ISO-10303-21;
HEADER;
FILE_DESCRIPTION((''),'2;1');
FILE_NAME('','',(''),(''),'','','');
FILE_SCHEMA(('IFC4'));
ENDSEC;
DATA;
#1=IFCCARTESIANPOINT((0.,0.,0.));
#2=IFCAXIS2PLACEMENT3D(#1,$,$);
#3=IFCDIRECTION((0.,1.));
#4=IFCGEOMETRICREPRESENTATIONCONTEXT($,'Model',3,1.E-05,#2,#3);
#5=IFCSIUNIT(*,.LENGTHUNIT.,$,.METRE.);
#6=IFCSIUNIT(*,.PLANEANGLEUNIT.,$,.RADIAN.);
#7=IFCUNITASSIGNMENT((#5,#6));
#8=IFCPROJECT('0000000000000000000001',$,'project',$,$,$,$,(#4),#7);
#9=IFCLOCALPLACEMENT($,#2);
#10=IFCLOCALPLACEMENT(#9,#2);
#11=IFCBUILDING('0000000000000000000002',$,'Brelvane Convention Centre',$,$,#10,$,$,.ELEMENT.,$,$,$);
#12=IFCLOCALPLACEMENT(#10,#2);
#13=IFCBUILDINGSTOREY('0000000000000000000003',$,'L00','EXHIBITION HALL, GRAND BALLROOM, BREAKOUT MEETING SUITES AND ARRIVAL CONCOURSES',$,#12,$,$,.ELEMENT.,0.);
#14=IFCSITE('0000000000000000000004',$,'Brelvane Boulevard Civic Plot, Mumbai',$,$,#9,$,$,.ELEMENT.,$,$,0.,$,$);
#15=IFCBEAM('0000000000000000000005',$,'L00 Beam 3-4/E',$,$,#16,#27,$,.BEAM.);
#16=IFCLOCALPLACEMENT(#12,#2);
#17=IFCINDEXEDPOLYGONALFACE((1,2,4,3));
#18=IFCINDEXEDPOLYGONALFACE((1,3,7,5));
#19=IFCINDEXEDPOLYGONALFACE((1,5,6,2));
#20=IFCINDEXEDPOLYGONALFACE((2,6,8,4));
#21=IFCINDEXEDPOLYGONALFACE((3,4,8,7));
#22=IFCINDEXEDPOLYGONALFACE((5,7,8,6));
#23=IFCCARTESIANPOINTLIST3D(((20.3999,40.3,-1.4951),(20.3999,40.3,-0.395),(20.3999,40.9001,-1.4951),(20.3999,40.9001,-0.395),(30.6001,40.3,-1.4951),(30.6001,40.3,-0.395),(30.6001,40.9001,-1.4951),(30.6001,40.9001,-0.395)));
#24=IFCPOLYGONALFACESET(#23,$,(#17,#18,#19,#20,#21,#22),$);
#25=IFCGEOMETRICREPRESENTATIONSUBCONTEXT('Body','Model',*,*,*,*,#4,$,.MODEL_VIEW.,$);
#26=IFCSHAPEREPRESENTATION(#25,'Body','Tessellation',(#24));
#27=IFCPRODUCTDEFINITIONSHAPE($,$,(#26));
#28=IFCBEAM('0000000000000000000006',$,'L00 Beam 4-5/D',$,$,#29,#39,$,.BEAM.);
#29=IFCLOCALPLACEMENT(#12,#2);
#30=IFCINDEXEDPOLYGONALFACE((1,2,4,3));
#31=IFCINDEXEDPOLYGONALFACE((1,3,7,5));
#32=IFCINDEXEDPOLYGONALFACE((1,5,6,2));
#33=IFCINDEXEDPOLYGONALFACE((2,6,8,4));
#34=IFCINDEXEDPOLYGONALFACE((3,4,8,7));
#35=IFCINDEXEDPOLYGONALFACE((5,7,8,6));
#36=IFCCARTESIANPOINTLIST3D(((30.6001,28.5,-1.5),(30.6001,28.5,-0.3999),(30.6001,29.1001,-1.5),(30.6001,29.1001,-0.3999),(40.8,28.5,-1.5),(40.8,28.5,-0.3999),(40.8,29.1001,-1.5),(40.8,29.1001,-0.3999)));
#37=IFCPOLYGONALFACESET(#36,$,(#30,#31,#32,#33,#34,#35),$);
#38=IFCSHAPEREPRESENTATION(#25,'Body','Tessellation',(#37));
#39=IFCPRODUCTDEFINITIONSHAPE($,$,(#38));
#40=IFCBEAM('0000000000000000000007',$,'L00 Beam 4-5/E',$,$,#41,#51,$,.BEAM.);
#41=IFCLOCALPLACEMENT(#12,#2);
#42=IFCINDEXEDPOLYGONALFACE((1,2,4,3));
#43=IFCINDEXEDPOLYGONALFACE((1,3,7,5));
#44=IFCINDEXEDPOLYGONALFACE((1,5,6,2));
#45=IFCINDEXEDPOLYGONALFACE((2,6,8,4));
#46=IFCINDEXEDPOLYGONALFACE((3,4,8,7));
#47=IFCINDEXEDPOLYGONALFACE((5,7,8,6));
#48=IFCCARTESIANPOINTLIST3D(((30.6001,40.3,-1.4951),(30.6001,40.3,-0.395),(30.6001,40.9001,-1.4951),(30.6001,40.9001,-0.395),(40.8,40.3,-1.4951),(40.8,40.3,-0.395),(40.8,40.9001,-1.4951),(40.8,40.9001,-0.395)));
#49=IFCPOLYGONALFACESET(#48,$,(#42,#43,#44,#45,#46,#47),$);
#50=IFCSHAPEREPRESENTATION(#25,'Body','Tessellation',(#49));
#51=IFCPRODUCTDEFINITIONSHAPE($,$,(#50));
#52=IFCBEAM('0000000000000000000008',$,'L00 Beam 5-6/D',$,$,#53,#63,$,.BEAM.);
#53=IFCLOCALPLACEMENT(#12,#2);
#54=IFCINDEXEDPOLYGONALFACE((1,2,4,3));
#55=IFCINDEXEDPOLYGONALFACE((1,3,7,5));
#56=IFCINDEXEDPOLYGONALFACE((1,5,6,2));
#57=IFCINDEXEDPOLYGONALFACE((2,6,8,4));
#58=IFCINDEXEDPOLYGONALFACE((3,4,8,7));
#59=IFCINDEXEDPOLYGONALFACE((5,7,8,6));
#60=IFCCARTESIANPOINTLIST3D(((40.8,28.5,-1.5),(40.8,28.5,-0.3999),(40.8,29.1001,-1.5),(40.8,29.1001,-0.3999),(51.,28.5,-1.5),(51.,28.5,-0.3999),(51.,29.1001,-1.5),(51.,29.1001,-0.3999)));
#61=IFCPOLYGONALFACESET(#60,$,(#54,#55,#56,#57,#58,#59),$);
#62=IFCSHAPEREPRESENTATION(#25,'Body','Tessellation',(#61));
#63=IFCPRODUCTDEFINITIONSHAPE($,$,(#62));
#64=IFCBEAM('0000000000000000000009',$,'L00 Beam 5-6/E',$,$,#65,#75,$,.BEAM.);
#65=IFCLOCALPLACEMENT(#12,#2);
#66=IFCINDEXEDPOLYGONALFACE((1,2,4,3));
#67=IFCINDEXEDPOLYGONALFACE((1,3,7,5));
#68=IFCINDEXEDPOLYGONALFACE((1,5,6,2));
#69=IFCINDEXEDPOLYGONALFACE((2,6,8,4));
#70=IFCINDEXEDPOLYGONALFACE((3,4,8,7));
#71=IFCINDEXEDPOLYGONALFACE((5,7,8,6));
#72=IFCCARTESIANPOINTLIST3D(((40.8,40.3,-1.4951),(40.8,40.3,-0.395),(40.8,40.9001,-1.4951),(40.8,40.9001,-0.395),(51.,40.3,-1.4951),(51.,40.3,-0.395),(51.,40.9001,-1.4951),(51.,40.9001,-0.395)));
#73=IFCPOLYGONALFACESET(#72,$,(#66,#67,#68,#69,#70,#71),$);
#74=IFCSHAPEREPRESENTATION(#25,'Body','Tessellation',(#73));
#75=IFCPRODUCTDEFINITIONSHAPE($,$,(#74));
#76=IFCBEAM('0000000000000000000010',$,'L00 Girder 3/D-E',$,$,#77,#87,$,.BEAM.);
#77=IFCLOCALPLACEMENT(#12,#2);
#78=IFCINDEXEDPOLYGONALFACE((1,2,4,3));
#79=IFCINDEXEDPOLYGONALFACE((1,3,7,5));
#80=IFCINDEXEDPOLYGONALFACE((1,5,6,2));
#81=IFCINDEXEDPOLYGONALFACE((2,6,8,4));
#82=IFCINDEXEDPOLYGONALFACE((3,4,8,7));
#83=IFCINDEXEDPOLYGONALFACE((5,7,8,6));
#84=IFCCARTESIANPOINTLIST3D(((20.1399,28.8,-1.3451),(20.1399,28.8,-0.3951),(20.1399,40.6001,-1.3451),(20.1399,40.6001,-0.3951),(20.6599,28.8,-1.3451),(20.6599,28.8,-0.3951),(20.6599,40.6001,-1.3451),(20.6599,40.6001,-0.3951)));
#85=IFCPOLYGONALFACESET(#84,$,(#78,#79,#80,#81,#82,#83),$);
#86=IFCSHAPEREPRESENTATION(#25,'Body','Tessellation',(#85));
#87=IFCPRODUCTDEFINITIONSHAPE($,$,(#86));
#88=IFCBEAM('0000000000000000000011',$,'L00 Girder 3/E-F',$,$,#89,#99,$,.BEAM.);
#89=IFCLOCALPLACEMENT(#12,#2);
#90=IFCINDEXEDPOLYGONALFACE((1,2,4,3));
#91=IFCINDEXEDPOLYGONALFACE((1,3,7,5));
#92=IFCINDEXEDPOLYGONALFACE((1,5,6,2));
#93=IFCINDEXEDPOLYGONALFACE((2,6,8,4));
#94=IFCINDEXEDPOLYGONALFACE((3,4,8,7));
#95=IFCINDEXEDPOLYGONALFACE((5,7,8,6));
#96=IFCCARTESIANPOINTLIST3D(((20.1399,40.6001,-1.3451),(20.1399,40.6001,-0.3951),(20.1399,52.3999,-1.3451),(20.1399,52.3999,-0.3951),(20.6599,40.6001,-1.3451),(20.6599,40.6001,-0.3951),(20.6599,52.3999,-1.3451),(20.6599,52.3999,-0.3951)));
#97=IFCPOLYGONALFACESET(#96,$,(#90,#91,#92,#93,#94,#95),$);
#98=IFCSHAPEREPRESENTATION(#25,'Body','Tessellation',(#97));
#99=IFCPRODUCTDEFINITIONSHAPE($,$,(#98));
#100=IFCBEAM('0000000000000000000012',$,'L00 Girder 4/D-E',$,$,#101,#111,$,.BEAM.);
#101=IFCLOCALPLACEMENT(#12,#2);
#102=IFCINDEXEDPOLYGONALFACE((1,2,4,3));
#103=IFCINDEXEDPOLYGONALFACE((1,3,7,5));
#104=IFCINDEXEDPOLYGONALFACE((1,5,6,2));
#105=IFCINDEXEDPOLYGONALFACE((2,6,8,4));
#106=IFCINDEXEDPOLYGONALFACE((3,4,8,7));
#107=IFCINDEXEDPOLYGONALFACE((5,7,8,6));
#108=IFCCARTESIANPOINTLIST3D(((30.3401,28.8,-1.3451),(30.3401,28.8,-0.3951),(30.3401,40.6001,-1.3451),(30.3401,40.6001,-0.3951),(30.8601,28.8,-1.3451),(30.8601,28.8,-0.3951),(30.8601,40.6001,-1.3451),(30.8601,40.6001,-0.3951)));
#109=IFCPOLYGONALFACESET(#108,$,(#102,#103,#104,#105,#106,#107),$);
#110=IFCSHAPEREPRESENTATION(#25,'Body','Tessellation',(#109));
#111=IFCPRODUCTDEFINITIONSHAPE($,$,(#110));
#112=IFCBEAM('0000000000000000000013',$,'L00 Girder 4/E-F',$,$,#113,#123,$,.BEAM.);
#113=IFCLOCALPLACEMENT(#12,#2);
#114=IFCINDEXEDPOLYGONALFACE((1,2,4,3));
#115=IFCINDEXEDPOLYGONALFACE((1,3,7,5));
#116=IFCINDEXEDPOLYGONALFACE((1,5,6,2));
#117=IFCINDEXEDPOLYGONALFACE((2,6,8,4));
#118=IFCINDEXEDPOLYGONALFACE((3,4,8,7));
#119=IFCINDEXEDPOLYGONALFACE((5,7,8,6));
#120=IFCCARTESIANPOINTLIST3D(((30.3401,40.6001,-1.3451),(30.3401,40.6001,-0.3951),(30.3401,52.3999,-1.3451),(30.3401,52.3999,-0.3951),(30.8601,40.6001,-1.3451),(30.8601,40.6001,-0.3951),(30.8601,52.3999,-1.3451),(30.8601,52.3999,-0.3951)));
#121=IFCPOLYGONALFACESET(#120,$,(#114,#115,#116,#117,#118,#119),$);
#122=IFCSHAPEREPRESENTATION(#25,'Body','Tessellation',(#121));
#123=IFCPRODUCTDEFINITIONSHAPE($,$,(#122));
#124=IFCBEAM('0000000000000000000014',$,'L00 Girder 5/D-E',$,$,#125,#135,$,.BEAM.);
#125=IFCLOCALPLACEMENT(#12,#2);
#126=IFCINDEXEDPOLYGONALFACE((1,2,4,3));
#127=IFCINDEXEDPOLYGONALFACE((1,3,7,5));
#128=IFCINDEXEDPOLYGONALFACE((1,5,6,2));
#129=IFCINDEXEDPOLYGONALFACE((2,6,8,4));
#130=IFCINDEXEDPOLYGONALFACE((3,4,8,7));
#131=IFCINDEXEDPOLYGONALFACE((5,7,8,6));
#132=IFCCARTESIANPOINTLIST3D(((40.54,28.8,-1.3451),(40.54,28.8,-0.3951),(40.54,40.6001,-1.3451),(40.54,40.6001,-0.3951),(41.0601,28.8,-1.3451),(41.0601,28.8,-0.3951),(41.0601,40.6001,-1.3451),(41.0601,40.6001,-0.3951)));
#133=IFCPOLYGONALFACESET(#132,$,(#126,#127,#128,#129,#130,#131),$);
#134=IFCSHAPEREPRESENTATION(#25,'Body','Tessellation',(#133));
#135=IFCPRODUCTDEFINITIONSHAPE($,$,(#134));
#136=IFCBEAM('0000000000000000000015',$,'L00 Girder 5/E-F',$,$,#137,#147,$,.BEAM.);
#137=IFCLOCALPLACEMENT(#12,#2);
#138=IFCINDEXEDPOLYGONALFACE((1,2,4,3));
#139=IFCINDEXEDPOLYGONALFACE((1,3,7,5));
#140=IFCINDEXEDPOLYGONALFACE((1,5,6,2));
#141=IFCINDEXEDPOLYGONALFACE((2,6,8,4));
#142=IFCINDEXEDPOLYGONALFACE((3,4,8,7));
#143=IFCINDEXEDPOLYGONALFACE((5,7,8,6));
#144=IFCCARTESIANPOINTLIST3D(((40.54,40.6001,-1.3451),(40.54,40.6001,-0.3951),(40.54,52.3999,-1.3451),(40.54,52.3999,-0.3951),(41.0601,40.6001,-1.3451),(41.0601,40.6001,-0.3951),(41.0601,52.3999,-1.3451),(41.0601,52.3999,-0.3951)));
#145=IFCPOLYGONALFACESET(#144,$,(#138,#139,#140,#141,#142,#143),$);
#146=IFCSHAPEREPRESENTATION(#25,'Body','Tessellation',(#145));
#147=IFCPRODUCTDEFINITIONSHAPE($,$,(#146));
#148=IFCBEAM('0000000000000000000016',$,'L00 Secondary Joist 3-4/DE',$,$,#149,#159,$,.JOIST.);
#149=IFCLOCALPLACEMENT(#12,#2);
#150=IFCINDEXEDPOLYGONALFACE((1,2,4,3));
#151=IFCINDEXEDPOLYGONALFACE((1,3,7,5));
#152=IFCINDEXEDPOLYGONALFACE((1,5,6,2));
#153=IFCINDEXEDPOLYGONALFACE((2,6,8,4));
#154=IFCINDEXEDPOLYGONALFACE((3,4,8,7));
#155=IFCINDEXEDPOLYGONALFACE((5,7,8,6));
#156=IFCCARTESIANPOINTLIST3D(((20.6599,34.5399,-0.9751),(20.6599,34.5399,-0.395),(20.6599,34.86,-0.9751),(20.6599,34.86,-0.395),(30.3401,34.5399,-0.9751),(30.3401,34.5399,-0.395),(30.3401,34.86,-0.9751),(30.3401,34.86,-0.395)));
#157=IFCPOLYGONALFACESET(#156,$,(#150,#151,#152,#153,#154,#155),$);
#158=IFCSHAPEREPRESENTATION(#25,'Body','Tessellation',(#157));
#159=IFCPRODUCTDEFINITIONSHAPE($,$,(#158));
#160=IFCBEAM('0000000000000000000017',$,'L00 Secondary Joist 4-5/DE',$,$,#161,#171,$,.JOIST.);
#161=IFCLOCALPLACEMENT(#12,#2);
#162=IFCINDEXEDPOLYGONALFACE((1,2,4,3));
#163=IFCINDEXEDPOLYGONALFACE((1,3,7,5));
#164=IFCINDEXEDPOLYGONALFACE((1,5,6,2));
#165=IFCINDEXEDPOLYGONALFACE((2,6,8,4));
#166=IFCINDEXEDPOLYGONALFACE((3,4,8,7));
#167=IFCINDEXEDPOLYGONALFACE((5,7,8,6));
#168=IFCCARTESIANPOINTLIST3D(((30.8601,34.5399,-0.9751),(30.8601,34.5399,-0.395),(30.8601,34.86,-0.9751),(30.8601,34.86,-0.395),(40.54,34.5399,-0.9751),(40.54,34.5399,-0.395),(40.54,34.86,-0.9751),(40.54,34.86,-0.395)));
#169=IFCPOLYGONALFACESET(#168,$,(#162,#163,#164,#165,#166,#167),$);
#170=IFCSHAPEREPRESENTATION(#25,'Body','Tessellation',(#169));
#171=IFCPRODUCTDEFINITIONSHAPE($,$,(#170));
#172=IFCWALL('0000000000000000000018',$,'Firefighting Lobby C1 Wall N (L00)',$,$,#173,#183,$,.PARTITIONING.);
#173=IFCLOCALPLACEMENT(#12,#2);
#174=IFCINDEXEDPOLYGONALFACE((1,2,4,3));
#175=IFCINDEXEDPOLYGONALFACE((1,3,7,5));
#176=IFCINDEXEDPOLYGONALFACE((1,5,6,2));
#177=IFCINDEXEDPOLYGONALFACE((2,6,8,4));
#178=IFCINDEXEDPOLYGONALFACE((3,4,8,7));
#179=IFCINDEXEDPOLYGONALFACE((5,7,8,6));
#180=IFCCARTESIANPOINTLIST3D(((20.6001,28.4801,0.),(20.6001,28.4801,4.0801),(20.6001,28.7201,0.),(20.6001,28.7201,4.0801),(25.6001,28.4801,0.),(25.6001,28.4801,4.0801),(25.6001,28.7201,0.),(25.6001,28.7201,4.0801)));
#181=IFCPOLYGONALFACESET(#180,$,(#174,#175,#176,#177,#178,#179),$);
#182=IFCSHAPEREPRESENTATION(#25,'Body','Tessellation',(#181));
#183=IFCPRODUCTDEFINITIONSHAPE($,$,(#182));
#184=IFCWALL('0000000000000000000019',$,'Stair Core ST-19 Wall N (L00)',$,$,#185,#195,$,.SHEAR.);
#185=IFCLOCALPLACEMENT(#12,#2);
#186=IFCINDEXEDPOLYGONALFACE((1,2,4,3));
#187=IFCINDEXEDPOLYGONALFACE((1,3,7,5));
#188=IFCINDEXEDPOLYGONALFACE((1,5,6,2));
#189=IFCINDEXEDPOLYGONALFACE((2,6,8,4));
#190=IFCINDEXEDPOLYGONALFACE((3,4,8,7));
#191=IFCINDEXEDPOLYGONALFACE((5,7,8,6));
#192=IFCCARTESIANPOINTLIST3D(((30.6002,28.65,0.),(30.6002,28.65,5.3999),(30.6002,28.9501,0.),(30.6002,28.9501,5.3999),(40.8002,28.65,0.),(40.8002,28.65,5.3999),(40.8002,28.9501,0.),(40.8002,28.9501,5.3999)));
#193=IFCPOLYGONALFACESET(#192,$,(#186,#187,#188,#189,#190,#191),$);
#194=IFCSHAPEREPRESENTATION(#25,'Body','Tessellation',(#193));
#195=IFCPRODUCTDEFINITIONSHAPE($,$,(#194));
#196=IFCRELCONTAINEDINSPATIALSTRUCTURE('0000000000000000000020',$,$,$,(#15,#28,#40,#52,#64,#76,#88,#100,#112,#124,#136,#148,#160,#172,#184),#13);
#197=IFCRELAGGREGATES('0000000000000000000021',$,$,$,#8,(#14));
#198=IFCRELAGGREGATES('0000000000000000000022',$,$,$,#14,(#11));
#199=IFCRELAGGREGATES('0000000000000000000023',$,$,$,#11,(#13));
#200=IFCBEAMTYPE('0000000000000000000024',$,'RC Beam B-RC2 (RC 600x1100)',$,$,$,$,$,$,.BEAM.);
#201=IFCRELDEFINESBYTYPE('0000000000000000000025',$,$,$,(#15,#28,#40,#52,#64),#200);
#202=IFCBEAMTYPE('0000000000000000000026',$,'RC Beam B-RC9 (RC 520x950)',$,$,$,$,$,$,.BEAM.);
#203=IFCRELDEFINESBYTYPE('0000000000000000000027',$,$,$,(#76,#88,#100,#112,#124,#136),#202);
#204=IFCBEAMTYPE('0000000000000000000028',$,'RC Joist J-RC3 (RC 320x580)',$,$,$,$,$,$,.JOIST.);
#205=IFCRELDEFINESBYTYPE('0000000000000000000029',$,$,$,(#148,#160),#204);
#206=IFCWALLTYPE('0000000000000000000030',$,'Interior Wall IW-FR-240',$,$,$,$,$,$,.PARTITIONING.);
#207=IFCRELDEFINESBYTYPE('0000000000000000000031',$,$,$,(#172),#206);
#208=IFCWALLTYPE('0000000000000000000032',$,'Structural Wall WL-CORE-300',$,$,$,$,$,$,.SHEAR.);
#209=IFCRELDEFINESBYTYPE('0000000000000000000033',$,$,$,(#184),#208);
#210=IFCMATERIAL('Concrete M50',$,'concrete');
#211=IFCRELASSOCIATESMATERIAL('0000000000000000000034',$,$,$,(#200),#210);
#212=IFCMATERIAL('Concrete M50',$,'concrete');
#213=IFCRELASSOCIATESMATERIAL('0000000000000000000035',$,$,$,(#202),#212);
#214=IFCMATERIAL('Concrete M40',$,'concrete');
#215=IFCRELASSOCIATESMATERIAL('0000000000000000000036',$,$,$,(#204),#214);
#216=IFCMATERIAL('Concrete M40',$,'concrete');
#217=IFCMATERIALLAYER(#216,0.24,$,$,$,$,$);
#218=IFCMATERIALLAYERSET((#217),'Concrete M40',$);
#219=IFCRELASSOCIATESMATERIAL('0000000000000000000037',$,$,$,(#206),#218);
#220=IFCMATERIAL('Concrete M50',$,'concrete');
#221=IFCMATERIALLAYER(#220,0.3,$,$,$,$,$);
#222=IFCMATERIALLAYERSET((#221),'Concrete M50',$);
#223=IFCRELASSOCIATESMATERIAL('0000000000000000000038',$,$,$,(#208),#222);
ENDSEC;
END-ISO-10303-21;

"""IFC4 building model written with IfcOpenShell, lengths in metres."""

from ifc_helpers import new_model, si_unit, direction, frame, frame_2d, origin, origin_2d, place, context, subcontext, project, spatial, rectangle, extrude, material, layer, layer_set, material_profile, profile_set, type_object, element, save


model = new_model("IFC4")

# Units and contexts
model_context = context("Model", 3, precision=1e-05, world=origin(), true_north=direction((0.0, 1.0)))
body_context = subcontext(model_context, "Body", "Model", "MODEL_VIEW")
ifc_project = project(units=[si_unit("LENGTHUNIT", "METRE"), si_unit("PLANEANGLEUNIT", "RADIAN")], contexts=[model_context])

# Site, building, storey
site_placement = place(None, origin())
site = spatial("IfcSite", under=ifc_project, at=site_placement, Name="Brelvane Boulevard Civic Plot, Mumbai", CompositionType="ELEMENT", RefElevation=0.0)
building_placement = place(site_placement, origin())
building = spatial("IfcBuilding", under=site, at=building_placement, Name="Brelvane Convention Centre", CompositionType="ELEMENT")
storey_placement = place(building_placement, origin())
storey = spatial("IfcBuildingStorey", under=building, at=storey_placement, Name="L00", Description="EXHIBITION HALL, GRAND BALLROOM, BREAKOUT MEETING SUITES AND ARRIVAL CONCOURSES", CompositionType="ELEMENT", Elevation=0.0)

# Beams
ifc_material_1 = material(Name="Concrete M50", Category="concrete")
ifc_material_profile_1 = material_profile(ifc_material_1, rectangle(XDim=0.6001, YDim=1.1001, at=origin_2d()), Name="RC 600x1100")
ifc_profile_set_1 = profile_set([ifc_material_profile_1], Name="Concrete M50")
beam_type_1 = type_object("IfcBeamType", Name="RC Beam B-RC2 (RC 600x1100)", PredefinedType="BEAM", material=ifc_profile_set_1)
for number, where, z_axis, x_axis, name in (
    (1, (20.3999, 40.6001, -0.9451), (1.0, 0.0, 0.0), (0.0, 1.0, 0.0), "L00 Beam 3-4/E"),
):
    element("IfcBeam", number, at=place(storey_placement, frame(where, z_axis=z_axis, x_axis=x_axis)), inside=storey, type_object=beam_type_1, Name=name, PredefinedType="BEAM", context=body_context, shape_type="SweptSolid", body=[
        extrude(rectangle(XDim=0.6001, YDim=1.1001, at=origin_2d()), origin(), (0.0, 0.0, 1.0), 10.2002),
    ])
for number, where, z_axis, x_axis, name in (
    (2, (30.6001, 28.8, -0.95), (1.0, 0.0, 0.0), (0.0, 1.0, 0.0), "L00 Beam 4-5/D"),
    (3, (30.6001, 40.6001, -0.9451), (1.0, 0.0, 0.0), (0.0, 1.0, 0.0), "L00 Beam 4-5/E"),
    (4, (40.8, 28.8, -0.95), (1.0, 0.0, 0.0), (0.0, 1.0, 0.0), "L00 Beam 5-6/D"),
    (5, (40.8, 40.6001, -0.9451), (1.0, 0.0, 0.0), (0.0, 1.0, 0.0), "L00 Beam 5-6/E"),
):
    element("IfcBeam", number, at=place(storey_placement, frame(where, z_axis=z_axis, x_axis=x_axis)), inside=storey, type_object=beam_type_1, Name=name, PredefinedType="BEAM", context=body_context, shape_type="SweptSolid", body=[
        extrude(rectangle(XDim=0.6001, YDim=1.1001, at=origin_2d()), origin(), (0.0, 0.0, 1.0), 10.2),
    ])
ifc_material_2 = material(Name="Concrete M50", Category="concrete")
ifc_material_profile_2 = material_profile(ifc_material_2, rectangle(XDim=0.52, YDim=0.95, at=origin_2d()), Name="RC 520x950")
ifc_profile_set_2 = profile_set([ifc_material_profile_2], Name="Concrete M50")
beam_type_2 = type_object("IfcBeamType", Name="RC Beam B-RC9 (RC 520x950)", PredefinedType="BEAM", material=ifc_profile_set_2)
beam_1_placement = place(storey_placement, frame((20.3999, 28.8, -0.8701), z_axis=(0.0, 1.0, 0.0), x_axis=(-1.0, 0.0, 0.0)))
element("IfcBeam", 6, at=beam_1_placement, inside=storey, type_object=beam_type_2, Name="L00 Girder 3/D-E", PredefinedType="BEAM", context=body_context, shape_type="SweptSolid", body=[
    extrude(rectangle(XDim=0.52, YDim=0.95, at=origin_2d()), origin(), (0.0, 0.0, 1.0), 11.8),
])
beam_2_placement = place(storey_placement, frame((20.3999, 40.6001, -0.8701), z_axis=(0.0, 1.0, 0.0), x_axis=(-1.0, 0.0, 0.0)))
element("IfcBeam", 7, at=beam_2_placement, inside=storey, type_object=beam_type_2, Name="L00 Girder 3/E-F", PredefinedType="BEAM", context=body_context, shape_type="SweptSolid", body=[
    extrude(rectangle(XDim=0.52, YDim=0.95, at=origin_2d()), origin(), (0.0, 0.0, 1.0), 11.7998),
])
beam_3_placement = place(storey_placement, frame((30.6001, 28.8, -0.8701), z_axis=(0.0, 1.0, 0.0), x_axis=(-1.0, 0.0, 0.0)))
element("IfcBeam", 8, at=beam_3_placement, inside=storey, type_object=beam_type_2, Name="L00 Girder 4/D-E", PredefinedType="BEAM", context=body_context, shape_type="SweptSolid", body=[
    extrude(rectangle(XDim=0.52, YDim=0.95, at=origin_2d()), origin(), (0.0, 0.0, 1.0), 11.8),
])
beam_4_placement = place(storey_placement, frame((30.6001, 40.6001, -0.8701), z_axis=(0.0, 1.0, 0.0), x_axis=(-1.0, 0.0, 0.0)))
element("IfcBeam", 9, at=beam_4_placement, inside=storey, type_object=beam_type_2, Name="L00 Girder 4/E-F", PredefinedType="BEAM", context=body_context, shape_type="SweptSolid", body=[
    extrude(rectangle(XDim=0.52, YDim=0.95, at=origin_2d()), origin(), (0.0, 0.0, 1.0), 11.7998),
])
beam_5_placement = place(storey_placement, frame((40.8, 28.8, -0.8701), z_axis=(0.0, 1.0, 0.0), x_axis=(-1.0, 0.0, 0.0)))
element("IfcBeam", 10, at=beam_5_placement, inside=storey, type_object=beam_type_2, Name="L00 Girder 5/D-E", PredefinedType="BEAM", context=body_context, shape_type="SweptSolid", body=[
    extrude(rectangle(XDim=0.52, YDim=0.95, at=origin_2d()), origin(), (0.0, 0.0, 1.0), 11.8),
])
beam_6_placement = place(storey_placement, frame((40.8, 40.6001, -0.8701), z_axis=(0.0, 1.0, 0.0), x_axis=(-1.0, 0.0, 0.0)))
element("IfcBeam", 11, at=beam_6_placement, inside=storey, type_object=beam_type_2, Name="L00 Girder 5/E-F", PredefinedType="BEAM", context=body_context, shape_type="SweptSolid", body=[
    extrude(rectangle(XDim=0.52, YDim=0.95, at=origin_2d()), origin(), (0.0, 0.0, 1.0), 11.7998),
])
ifc_material_3 = material(Name="Concrete M40", Category="concrete")
ifc_material_profile_3 = material_profile(ifc_material_3, rectangle(XDim=0.3201, YDim=0.5801, at=origin_2d()), Name="RC 320x580")
ifc_profile_set_3 = profile_set([ifc_material_profile_3], Name="Concrete M40")
beam_type_3 = type_object("IfcBeamType", Name="RC Joist J-RC3 (RC 320x580)", PredefinedType="JOIST", material=ifc_profile_set_3)
beam_7_placement = place(storey_placement, frame((20.6599, 34.7, -0.6851), z_axis=(1.0, 0.0, 0.0), x_axis=(0.0, 1.0, 0.0)))
element("IfcBeam", 12, at=beam_7_placement, inside=storey, type_object=beam_type_3, Name="L00 Secondary Joist 3-4/DE", PredefinedType="JOIST", context=body_context, shape_type="SweptSolid", body=[
    extrude(rectangle(XDim=0.3201, YDim=0.5801, at=origin_2d()), origin(), (0.0, 0.0, 1.0), 9.6802),
])
beam_8_placement = place(storey_placement, frame((30.8601, 34.7, -0.6851), z_axis=(1.0, 0.0, 0.0), x_axis=(0.0, 1.0, 0.0)))
element("IfcBeam", 13, at=beam_8_placement, inside=storey, type_object=beam_type_3, Name="L00 Secondary Joist 4-5/DE", PredefinedType="JOIST", context=body_context, shape_type="SweptSolid", body=[
    extrude(rectangle(XDim=0.3201, YDim=0.5801, at=origin_2d()), origin(), (0.0, 0.0, 1.0), 9.6799),
])

# Walls
ifc_material_4 = material(Name="Concrete M40", Category="concrete")
ifc_layer_1 = layer(ifc_material_4, 0.24)
ifc_layer_set_1 = layer_set([ifc_layer_1], Name="Concrete M40")
wall_type_1 = type_object("IfcWallType", Name="Interior Wall IW-FR-240", PredefinedType="PARTITIONING", material=ifc_layer_set_1)
wall_1_placement = place(storey_placement, frame((20.6001, 28.6001, 0.0), z_axis=(0.0, 0.0, 1.0), x_axis=(1.0, 0.0, 0.0)))
element("IfcWall", 14, at=wall_1_placement, inside=storey, type_object=wall_type_1, Name="Firefighting Lobby C1 Wall N (L00)", PredefinedType="PARTITIONING", context=body_context, shape_type="SweptSolid", body=[
    extrude(rectangle(XDim=5.0, YDim=0.24, at=frame_2d((2.5, 0.0))), origin(), (0.0, 0.0, 1.0), 4.0801),
])
ifc_material_5 = material(Name="Concrete M50", Category="concrete")
ifc_layer_2 = layer(ifc_material_5, 0.3)
ifc_layer_set_2 = layer_set([ifc_layer_2], Name="Concrete M50")
wall_type_2 = type_object("IfcWallType", Name="Structural Wall WL-CORE-300", PredefinedType="SHEAR", material=ifc_layer_set_2)
wall_2_placement = place(storey_placement, frame((30.6001, 28.8, 0.0), z_axis=(0.0, 0.0, 1.0), x_axis=(1.0, 0.0, 0.0)))
element("IfcWall", 15, at=wall_2_placement, inside=storey, type_object=wall_type_2, Name="Stair Core ST-19 Wall N (L00)", PredefinedType="SHEAR", context=body_context, shape_type="SweptSolid", body=[
    extrude(rectangle(XDim=10.2, YDim=0.3, at=frame_2d((5.1001, 0.0))), origin(), (0.0, 0.0, 1.0), 5.3999),
])

save(model, "model.ifc")
